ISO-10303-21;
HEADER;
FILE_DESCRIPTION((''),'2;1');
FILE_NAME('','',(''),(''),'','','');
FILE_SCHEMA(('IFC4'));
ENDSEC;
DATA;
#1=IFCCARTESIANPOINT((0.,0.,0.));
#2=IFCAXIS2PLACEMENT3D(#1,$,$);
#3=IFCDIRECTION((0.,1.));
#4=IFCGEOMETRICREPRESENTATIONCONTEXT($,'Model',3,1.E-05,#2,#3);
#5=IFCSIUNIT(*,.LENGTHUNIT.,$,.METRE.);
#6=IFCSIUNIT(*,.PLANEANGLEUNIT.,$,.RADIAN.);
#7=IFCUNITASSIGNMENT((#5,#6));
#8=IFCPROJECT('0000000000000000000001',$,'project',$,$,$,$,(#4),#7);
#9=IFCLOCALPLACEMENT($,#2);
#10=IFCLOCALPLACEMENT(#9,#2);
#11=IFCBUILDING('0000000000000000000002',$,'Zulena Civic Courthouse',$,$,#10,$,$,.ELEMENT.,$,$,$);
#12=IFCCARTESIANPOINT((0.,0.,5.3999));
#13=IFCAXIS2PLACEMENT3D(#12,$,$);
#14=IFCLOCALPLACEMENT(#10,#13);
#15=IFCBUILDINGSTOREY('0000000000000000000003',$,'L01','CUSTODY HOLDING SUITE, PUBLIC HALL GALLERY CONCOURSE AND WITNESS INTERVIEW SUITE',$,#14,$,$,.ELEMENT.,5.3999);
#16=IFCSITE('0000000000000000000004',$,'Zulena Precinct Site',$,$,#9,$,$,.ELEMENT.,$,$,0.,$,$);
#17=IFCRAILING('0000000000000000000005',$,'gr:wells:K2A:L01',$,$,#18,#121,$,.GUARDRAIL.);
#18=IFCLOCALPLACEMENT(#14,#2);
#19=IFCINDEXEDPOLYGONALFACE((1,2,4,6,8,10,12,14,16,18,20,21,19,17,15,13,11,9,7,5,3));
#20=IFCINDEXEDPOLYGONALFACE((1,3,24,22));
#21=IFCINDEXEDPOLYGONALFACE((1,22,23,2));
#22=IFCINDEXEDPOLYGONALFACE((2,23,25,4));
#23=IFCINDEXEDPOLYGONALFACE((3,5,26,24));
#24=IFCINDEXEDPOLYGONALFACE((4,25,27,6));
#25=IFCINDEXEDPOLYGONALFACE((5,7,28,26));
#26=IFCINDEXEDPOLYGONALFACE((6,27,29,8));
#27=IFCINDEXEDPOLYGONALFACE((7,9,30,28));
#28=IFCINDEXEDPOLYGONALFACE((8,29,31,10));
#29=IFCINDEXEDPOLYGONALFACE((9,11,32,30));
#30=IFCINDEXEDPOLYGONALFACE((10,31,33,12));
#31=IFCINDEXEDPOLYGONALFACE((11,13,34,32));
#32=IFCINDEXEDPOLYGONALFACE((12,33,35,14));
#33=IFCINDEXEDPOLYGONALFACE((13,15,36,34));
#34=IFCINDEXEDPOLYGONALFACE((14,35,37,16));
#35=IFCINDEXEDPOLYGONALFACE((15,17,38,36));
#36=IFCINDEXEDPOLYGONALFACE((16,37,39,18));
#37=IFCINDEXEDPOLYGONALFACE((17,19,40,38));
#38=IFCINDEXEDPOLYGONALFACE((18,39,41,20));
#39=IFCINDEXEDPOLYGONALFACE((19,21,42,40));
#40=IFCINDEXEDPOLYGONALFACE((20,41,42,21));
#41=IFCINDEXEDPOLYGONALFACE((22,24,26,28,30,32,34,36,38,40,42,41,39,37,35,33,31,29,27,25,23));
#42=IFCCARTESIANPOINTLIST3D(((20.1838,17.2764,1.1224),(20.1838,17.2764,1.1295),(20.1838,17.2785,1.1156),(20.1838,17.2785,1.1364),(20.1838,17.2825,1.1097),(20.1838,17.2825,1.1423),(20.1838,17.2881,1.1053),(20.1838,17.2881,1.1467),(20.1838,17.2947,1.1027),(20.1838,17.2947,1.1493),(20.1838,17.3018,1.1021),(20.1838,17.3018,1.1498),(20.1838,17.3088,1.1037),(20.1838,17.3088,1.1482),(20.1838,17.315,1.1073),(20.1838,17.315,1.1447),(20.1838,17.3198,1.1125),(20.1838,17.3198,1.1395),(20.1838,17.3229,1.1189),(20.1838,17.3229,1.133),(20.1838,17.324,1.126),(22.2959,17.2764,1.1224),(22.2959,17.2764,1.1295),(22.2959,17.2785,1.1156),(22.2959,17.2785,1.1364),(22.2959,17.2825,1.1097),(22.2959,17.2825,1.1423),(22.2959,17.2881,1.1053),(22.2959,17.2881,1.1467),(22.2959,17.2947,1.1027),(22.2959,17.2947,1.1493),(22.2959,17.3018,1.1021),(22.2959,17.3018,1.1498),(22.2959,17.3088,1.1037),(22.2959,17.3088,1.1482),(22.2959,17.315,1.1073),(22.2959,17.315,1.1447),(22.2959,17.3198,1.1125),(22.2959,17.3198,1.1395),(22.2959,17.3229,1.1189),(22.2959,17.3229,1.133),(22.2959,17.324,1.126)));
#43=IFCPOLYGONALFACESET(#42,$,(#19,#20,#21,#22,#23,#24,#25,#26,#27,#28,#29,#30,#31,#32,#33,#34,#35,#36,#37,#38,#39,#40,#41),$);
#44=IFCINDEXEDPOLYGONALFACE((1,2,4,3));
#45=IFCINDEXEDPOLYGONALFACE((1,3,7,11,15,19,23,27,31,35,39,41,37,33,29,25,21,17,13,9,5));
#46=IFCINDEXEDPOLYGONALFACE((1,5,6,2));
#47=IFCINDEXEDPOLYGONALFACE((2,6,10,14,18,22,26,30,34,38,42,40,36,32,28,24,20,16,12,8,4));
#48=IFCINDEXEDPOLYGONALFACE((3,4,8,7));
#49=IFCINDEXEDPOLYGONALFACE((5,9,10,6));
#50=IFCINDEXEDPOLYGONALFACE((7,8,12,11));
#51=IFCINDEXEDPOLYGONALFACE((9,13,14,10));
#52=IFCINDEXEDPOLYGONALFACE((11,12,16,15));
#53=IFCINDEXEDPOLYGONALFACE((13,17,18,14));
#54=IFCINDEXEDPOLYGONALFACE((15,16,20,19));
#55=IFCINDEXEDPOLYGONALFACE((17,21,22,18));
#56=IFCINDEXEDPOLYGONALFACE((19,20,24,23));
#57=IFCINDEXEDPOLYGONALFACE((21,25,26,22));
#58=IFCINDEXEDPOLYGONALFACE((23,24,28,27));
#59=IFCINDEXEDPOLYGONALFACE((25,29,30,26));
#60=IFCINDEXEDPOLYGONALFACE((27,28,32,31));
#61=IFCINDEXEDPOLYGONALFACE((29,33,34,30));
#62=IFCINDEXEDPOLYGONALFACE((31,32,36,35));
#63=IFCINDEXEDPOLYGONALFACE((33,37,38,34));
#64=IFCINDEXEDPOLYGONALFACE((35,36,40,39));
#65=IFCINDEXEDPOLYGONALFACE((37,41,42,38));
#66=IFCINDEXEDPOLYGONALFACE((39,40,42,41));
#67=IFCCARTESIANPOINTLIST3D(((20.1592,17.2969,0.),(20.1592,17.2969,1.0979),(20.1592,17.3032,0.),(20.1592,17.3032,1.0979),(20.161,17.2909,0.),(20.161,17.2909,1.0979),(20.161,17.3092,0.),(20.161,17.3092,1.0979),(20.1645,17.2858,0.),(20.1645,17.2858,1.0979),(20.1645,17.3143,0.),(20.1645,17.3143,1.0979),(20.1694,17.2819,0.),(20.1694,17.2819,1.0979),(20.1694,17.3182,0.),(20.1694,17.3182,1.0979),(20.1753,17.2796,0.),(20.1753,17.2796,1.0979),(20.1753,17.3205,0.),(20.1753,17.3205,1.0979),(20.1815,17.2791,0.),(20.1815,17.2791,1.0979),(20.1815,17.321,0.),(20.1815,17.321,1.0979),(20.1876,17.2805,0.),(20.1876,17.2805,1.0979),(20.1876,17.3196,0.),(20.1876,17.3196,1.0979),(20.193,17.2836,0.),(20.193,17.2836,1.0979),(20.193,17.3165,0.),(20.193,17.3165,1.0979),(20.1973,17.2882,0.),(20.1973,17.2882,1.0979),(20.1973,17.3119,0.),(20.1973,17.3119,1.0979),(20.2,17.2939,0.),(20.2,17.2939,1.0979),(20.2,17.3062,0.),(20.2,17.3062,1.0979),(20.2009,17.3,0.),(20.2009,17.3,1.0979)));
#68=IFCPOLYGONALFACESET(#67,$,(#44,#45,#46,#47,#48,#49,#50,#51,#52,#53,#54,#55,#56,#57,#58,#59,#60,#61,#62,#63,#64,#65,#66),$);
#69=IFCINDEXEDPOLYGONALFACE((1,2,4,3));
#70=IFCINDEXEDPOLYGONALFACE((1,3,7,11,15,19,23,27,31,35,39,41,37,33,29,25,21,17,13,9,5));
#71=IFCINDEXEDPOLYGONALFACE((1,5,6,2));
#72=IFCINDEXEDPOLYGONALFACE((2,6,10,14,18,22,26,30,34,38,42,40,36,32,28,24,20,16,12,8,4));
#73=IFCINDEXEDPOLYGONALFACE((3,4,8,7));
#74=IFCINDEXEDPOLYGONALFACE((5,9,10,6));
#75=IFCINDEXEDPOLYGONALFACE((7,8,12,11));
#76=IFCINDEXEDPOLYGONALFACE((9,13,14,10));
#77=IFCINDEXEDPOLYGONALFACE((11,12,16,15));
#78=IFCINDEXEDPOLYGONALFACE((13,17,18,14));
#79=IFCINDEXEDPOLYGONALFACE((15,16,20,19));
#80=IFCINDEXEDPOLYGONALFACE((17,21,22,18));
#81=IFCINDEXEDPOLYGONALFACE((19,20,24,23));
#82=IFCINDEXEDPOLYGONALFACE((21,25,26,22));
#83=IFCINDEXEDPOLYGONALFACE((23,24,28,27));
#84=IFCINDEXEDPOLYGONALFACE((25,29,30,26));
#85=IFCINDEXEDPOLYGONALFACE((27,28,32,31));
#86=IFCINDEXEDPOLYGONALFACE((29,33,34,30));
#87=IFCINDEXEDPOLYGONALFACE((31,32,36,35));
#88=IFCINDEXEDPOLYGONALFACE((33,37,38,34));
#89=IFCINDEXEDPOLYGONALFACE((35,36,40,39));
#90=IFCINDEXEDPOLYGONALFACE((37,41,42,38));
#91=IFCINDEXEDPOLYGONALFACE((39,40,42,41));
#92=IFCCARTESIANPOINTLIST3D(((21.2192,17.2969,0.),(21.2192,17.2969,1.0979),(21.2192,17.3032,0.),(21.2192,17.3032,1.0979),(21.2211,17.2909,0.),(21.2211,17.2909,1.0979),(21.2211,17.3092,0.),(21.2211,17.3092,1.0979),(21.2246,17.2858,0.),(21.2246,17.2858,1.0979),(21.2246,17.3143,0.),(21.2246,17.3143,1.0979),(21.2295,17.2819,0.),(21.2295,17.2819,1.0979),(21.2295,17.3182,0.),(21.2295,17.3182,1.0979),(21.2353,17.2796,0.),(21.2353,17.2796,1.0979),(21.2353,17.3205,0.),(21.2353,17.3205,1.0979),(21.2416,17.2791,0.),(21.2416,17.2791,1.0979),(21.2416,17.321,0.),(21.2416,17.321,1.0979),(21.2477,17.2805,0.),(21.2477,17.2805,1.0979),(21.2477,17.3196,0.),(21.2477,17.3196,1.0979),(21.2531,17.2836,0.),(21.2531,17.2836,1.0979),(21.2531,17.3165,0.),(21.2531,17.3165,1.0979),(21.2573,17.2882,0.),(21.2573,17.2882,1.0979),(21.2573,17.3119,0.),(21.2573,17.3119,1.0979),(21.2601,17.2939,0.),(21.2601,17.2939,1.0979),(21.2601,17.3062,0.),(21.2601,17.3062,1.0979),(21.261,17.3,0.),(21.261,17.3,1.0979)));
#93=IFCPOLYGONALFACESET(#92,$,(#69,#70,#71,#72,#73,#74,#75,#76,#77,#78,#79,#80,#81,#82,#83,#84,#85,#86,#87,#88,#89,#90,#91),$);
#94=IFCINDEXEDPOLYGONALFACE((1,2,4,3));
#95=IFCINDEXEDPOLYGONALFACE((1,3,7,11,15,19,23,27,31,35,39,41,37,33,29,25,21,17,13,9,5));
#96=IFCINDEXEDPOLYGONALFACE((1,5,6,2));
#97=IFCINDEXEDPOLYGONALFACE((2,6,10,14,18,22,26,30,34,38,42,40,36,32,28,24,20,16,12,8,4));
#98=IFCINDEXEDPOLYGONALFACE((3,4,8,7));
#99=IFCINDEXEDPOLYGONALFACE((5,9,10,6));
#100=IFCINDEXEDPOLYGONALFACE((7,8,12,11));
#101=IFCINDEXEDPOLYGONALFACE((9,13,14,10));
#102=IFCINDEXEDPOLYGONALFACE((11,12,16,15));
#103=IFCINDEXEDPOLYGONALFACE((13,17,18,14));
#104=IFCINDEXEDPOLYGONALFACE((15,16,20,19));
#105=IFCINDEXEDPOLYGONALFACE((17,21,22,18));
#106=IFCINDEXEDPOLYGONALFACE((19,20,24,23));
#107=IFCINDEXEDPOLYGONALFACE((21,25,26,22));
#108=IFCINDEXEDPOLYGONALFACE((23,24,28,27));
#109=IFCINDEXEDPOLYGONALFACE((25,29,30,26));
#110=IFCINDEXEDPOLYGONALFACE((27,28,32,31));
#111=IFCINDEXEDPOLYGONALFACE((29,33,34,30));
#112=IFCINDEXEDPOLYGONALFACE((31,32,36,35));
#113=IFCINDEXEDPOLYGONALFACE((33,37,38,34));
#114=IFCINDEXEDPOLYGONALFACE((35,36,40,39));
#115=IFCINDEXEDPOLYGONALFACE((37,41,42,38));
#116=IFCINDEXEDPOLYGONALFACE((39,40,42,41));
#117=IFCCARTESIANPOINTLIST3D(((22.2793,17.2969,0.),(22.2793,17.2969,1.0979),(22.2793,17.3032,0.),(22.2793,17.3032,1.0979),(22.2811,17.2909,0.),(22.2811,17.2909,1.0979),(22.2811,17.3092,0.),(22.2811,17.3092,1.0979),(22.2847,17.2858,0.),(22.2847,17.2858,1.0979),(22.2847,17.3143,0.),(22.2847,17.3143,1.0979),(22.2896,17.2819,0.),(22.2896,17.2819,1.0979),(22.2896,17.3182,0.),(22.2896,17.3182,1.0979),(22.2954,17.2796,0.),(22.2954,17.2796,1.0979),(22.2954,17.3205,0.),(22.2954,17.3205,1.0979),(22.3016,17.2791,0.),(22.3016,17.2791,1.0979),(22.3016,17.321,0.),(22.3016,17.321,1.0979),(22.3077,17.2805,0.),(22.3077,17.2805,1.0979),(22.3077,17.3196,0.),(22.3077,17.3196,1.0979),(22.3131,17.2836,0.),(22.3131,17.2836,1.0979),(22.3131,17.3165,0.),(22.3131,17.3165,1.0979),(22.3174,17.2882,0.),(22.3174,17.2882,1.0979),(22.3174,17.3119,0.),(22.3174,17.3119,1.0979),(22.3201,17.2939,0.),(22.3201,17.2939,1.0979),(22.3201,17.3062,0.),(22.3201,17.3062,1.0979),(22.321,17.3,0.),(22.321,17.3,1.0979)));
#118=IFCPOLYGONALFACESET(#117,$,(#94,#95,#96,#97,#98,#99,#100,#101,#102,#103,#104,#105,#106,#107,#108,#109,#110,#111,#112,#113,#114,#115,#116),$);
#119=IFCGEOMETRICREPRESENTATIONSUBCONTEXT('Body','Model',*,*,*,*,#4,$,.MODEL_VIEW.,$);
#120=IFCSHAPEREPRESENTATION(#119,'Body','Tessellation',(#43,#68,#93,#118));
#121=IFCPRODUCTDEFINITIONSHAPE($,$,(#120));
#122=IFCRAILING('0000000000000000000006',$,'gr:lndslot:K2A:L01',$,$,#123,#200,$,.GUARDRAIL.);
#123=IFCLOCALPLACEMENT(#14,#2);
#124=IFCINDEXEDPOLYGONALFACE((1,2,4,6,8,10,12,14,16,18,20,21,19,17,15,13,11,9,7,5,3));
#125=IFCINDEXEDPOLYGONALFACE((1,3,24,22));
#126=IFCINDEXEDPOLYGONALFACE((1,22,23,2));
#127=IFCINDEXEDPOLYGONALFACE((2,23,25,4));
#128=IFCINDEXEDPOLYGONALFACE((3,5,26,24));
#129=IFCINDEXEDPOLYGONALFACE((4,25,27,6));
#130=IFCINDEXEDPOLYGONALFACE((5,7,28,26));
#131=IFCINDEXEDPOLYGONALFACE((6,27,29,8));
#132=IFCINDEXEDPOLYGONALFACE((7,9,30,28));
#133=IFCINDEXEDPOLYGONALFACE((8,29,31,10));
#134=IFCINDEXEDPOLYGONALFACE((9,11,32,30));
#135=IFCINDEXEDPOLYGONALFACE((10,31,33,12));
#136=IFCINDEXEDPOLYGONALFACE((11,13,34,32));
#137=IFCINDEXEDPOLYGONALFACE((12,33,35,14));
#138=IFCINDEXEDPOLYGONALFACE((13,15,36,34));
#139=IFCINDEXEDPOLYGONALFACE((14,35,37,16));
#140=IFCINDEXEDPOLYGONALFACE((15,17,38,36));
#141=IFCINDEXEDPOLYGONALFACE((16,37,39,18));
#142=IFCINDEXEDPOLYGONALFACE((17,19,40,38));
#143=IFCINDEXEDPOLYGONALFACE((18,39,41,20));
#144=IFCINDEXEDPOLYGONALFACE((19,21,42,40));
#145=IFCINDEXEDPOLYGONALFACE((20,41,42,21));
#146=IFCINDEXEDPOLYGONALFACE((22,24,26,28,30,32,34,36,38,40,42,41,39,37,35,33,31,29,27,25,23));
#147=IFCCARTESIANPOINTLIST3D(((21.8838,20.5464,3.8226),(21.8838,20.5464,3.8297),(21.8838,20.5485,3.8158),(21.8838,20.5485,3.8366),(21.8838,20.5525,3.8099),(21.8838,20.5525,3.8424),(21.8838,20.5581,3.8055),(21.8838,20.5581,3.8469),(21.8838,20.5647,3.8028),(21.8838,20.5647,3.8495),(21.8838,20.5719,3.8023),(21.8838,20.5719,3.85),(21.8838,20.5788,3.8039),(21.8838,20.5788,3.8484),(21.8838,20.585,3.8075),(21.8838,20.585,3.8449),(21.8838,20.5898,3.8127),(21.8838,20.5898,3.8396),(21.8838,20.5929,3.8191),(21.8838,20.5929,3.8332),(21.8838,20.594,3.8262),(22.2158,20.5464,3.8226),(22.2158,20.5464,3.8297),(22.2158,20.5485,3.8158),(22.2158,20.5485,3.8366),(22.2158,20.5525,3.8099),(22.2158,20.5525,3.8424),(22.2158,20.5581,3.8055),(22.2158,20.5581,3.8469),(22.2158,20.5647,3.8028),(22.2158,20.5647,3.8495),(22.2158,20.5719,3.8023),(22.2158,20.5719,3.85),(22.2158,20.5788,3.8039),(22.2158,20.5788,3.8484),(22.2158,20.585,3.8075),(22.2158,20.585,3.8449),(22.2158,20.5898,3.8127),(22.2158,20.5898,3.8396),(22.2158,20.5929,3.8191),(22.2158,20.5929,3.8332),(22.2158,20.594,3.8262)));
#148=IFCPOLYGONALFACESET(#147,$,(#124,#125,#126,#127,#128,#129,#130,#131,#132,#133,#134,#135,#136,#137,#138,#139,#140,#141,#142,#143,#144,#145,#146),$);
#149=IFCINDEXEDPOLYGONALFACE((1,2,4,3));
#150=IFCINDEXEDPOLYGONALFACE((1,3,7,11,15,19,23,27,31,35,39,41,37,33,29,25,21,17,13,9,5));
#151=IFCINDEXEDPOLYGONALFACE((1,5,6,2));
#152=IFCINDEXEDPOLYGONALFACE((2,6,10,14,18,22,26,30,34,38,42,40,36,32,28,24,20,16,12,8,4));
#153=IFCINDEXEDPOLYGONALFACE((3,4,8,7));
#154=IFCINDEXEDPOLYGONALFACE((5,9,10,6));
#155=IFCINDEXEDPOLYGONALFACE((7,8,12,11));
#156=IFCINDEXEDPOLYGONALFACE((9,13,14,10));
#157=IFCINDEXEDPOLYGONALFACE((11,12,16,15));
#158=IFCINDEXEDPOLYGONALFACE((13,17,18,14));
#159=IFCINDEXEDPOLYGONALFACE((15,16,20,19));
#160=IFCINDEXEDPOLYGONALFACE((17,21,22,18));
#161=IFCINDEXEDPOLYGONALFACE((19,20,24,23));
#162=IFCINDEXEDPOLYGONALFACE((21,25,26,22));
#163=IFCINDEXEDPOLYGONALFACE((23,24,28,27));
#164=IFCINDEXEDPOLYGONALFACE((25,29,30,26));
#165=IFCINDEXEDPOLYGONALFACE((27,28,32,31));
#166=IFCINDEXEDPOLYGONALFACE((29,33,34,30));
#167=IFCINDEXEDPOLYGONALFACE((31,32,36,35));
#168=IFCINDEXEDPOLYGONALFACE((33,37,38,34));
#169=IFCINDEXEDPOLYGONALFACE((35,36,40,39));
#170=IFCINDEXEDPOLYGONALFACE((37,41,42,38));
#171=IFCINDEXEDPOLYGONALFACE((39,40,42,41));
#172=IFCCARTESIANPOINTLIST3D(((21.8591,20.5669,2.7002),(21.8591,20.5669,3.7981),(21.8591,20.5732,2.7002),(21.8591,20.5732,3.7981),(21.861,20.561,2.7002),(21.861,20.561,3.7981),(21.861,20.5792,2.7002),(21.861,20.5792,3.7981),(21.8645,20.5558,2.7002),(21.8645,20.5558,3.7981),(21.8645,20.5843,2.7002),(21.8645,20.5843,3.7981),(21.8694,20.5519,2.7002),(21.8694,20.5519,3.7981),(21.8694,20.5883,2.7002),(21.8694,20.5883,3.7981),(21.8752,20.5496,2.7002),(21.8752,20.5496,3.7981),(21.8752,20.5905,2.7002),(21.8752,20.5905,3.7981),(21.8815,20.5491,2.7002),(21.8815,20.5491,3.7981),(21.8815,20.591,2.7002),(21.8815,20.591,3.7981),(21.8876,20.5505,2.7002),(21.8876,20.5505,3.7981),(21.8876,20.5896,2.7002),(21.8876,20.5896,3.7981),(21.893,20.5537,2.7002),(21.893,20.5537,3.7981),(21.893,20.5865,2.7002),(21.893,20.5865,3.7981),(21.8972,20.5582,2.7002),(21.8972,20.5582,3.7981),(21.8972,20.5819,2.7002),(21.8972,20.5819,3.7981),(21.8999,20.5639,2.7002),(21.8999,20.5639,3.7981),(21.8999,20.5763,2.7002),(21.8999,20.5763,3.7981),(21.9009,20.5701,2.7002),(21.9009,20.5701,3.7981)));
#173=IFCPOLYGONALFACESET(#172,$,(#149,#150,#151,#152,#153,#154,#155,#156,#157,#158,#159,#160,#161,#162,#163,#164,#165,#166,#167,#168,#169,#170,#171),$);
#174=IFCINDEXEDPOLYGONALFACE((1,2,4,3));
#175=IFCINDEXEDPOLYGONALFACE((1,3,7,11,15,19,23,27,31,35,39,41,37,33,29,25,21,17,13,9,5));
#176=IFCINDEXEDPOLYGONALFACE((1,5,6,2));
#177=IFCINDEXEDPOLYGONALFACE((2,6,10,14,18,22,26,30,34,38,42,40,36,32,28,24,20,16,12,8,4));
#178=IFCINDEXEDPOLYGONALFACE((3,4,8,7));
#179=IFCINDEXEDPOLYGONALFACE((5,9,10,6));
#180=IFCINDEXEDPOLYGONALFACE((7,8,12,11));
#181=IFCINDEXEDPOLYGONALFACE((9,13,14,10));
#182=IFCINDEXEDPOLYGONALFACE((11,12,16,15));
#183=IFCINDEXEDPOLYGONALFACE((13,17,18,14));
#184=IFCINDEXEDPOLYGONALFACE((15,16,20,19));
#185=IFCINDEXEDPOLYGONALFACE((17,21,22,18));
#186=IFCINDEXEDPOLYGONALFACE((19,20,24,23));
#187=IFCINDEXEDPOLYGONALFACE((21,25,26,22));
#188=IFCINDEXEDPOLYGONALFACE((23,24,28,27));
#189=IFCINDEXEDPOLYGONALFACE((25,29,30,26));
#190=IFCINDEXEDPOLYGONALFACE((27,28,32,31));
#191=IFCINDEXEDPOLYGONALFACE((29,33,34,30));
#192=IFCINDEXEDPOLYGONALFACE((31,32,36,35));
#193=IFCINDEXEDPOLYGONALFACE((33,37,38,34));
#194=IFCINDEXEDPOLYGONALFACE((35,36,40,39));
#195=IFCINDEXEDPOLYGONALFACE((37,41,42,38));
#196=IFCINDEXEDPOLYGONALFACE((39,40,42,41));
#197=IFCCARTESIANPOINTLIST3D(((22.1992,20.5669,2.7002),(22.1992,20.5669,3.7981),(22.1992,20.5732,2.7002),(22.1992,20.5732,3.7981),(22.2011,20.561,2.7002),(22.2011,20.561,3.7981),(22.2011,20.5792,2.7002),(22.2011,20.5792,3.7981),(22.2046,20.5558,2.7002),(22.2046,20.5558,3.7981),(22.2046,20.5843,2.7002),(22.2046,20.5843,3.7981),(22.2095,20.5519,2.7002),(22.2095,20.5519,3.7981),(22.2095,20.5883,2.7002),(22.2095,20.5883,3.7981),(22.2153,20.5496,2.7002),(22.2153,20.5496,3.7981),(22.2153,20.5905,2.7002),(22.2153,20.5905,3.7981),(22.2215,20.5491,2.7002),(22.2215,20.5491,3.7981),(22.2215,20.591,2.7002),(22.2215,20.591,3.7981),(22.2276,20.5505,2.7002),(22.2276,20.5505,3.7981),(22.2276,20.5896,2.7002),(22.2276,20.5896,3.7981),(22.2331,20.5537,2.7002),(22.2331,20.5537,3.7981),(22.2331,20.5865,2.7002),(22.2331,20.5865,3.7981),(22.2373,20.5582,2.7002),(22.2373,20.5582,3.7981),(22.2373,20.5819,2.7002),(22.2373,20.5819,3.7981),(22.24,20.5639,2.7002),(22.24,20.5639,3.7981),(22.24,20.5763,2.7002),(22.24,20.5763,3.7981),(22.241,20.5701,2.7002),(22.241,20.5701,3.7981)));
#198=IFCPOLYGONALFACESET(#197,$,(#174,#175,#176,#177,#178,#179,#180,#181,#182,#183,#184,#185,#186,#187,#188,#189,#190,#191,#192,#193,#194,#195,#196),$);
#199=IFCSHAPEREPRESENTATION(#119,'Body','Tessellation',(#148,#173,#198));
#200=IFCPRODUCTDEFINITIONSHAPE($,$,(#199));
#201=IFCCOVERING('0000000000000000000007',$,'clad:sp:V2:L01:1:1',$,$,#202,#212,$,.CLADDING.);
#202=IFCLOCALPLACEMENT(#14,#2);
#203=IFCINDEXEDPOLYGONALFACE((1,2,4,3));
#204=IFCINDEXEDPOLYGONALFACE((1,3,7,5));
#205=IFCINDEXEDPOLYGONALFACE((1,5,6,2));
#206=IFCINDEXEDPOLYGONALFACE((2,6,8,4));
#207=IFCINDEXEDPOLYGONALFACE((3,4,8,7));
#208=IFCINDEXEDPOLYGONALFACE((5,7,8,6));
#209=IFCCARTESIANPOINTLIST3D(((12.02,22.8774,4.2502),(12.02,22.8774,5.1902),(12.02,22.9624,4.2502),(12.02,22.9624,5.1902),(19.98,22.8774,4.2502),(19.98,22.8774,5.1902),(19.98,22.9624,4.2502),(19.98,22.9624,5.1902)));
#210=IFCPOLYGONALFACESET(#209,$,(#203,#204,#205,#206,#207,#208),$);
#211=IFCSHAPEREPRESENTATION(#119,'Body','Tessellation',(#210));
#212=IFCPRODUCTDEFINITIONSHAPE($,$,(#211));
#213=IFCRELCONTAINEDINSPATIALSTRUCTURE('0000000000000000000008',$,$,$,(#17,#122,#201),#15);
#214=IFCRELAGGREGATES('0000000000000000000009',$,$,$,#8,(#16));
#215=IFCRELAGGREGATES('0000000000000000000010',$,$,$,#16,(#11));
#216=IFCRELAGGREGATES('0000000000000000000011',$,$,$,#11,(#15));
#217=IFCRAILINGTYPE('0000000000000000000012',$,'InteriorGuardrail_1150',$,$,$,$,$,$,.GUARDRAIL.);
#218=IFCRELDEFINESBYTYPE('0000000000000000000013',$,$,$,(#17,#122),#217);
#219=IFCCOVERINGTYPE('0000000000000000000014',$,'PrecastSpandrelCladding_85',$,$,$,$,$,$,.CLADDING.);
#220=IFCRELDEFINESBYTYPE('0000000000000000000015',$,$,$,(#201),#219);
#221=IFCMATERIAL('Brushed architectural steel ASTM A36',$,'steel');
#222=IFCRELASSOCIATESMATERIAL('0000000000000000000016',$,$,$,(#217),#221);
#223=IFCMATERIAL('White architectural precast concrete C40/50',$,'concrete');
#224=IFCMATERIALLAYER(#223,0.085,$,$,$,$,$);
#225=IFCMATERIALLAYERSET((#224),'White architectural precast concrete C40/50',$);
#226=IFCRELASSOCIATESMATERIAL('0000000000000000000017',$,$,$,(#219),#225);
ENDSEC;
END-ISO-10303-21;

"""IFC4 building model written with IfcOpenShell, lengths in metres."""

from ifc_helpers import new_model, si_unit, direction, frame, origin, origin_2d, place, context, subcontext, project, spatial, rectangle, circle, extrude, material, layer, layer_set, type_object, element, save


model = new_model("IFC4")

# Units and contexts
model_context = context("Model", 3, precision=1e-05, world=origin(), true_north=direction((0.0, 1.0)))
body_context = subcontext(model_context, "Body", "Model", "MODEL_VIEW")
ifc_project = project(units=[si_unit("LENGTHUNIT", "METRE"), si_unit("PLANEANGLEUNIT", "RADIAN")], contexts=[model_context])

# Site, building, storey
site_placement = place(None, origin())
site = spatial("IfcSite", under=ifc_project, at=site_placement, Name="Zulena Precinct Site", CompositionType="ELEMENT", RefElevation=0.0)
building_placement = place(site_placement, origin())
building = spatial("IfcBuilding", under=site, at=building_placement, Name="Zulena Civic Courthouse", CompositionType="ELEMENT")
storey_placement = place(building_placement, frame((0.0, 0.0, 5.3999)))
storey = spatial("IfcBuildingStorey", under=building, at=storey_placement, Name="L01", Description="CUSTODY HOLDING SUITE, PUBLIC HALL GALLERY CONCOURSE AND WITNESS INTERVIEW SUITE", CompositionType="ELEMENT", Elevation=5.3999)

# Railings
ifc_material_1 = material(Name="Brushed architectural steel ASTM A36", Category="steel")
railing_type_1 = type_object("IfcRailingType", Name="InteriorGuardrail_1150", PredefinedType="GUARDRAIL", material=ifc_material_1)
railing_1_placement = place(storey_placement, frame((20.1799, 17.3, 0.0)))
element("IfcRailing", 1, at=railing_1_placement, inside=storey, type_object=railing_type_1, Name="gr:wells:K2A:L01", PredefinedType="GUARDRAIL", context=body_context, shape_type="SweptSolid", body=[
    extrude(circle(Radius=0.0239, at=origin_2d()), frame((0.0039, 0.0, 1.126), z_axis=(1.0, 0.0, 0.0), x_axis=(0.0, 1.0, 0.0)), (0.0, 0.0, 1.0), 2.1121),
    extrude(circle(Radius=0.021, at=origin_2d()), origin(), (0.0, 0.0, 1.0), 1.0979),
    extrude(circle(Radius=0.021, at=origin_2d()), frame((1.0601, 0.0, 0.0)), (0.0, 0.0, 1.0), 1.0979),
    extrude(circle(Radius=0.021, at=origin_2d()), frame((2.1201, 0.0, 0.0)), (0.0, 0.0, 1.0), 1.0979),
])
railing_2_placement = place(storey_placement, frame((21.8799, 20.5701, 2.7002)))
element("IfcRailing", 2, at=railing_2_placement, inside=storey, type_object=railing_type_1, Name="gr:lndslot:K2A:L01", PredefinedType="GUARDRAIL", context=body_context, shape_type="SweptSolid", body=[
    extrude(circle(Radius=0.0239, at=origin_2d()), frame((0.0039, 0.0, 1.126), z_axis=(1.0, 0.0, 0.0), x_axis=(0.0, 1.0, 0.0)), (0.0, 0.0, 1.0), 0.332),
    extrude(circle(Radius=0.021, at=origin_2d()), origin(), (0.0, 0.0, 1.0), 1.0979),
    extrude(circle(Radius=0.021, at=origin_2d()), frame((0.3401, 0.0, 0.0)), (0.0, 0.0, 1.0), 1.0979),
])

# Covering
ifc_material_2 = material(Name="White architectural precast concrete C40/50", Category="concrete")
ifc_layer_1 = layer(ifc_material_2, 0.085)
ifc_layer_set_1 = layer_set([ifc_layer_1], Name="White architectural precast concrete C40/50")
covering_type = type_object("IfcCoveringType", Name="PrecastSpandrelCladding_85", PredefinedType="CLADDING", material=ifc_layer_set_1)
covering_placement = place(storey_placement, frame((16.0, 22.9199, 4.2502), z_axis=(0.0, 0.0, 1.0), x_axis=(1.0, 0.0, 0.0)))
element("IfcCovering", 3, at=covering_placement, inside=storey, type_object=covering_type, Name="clad:sp:V2:L01:1:1", PredefinedType="CLADDING", context=body_context, shape_type="SweptSolid", body=[
    extrude(rectangle(XDim=7.96, YDim=0.085, at=origin_2d()), origin(), (0.0, 0.0, 1.0), 0.9399),
])

save(model, "model.ifc")
